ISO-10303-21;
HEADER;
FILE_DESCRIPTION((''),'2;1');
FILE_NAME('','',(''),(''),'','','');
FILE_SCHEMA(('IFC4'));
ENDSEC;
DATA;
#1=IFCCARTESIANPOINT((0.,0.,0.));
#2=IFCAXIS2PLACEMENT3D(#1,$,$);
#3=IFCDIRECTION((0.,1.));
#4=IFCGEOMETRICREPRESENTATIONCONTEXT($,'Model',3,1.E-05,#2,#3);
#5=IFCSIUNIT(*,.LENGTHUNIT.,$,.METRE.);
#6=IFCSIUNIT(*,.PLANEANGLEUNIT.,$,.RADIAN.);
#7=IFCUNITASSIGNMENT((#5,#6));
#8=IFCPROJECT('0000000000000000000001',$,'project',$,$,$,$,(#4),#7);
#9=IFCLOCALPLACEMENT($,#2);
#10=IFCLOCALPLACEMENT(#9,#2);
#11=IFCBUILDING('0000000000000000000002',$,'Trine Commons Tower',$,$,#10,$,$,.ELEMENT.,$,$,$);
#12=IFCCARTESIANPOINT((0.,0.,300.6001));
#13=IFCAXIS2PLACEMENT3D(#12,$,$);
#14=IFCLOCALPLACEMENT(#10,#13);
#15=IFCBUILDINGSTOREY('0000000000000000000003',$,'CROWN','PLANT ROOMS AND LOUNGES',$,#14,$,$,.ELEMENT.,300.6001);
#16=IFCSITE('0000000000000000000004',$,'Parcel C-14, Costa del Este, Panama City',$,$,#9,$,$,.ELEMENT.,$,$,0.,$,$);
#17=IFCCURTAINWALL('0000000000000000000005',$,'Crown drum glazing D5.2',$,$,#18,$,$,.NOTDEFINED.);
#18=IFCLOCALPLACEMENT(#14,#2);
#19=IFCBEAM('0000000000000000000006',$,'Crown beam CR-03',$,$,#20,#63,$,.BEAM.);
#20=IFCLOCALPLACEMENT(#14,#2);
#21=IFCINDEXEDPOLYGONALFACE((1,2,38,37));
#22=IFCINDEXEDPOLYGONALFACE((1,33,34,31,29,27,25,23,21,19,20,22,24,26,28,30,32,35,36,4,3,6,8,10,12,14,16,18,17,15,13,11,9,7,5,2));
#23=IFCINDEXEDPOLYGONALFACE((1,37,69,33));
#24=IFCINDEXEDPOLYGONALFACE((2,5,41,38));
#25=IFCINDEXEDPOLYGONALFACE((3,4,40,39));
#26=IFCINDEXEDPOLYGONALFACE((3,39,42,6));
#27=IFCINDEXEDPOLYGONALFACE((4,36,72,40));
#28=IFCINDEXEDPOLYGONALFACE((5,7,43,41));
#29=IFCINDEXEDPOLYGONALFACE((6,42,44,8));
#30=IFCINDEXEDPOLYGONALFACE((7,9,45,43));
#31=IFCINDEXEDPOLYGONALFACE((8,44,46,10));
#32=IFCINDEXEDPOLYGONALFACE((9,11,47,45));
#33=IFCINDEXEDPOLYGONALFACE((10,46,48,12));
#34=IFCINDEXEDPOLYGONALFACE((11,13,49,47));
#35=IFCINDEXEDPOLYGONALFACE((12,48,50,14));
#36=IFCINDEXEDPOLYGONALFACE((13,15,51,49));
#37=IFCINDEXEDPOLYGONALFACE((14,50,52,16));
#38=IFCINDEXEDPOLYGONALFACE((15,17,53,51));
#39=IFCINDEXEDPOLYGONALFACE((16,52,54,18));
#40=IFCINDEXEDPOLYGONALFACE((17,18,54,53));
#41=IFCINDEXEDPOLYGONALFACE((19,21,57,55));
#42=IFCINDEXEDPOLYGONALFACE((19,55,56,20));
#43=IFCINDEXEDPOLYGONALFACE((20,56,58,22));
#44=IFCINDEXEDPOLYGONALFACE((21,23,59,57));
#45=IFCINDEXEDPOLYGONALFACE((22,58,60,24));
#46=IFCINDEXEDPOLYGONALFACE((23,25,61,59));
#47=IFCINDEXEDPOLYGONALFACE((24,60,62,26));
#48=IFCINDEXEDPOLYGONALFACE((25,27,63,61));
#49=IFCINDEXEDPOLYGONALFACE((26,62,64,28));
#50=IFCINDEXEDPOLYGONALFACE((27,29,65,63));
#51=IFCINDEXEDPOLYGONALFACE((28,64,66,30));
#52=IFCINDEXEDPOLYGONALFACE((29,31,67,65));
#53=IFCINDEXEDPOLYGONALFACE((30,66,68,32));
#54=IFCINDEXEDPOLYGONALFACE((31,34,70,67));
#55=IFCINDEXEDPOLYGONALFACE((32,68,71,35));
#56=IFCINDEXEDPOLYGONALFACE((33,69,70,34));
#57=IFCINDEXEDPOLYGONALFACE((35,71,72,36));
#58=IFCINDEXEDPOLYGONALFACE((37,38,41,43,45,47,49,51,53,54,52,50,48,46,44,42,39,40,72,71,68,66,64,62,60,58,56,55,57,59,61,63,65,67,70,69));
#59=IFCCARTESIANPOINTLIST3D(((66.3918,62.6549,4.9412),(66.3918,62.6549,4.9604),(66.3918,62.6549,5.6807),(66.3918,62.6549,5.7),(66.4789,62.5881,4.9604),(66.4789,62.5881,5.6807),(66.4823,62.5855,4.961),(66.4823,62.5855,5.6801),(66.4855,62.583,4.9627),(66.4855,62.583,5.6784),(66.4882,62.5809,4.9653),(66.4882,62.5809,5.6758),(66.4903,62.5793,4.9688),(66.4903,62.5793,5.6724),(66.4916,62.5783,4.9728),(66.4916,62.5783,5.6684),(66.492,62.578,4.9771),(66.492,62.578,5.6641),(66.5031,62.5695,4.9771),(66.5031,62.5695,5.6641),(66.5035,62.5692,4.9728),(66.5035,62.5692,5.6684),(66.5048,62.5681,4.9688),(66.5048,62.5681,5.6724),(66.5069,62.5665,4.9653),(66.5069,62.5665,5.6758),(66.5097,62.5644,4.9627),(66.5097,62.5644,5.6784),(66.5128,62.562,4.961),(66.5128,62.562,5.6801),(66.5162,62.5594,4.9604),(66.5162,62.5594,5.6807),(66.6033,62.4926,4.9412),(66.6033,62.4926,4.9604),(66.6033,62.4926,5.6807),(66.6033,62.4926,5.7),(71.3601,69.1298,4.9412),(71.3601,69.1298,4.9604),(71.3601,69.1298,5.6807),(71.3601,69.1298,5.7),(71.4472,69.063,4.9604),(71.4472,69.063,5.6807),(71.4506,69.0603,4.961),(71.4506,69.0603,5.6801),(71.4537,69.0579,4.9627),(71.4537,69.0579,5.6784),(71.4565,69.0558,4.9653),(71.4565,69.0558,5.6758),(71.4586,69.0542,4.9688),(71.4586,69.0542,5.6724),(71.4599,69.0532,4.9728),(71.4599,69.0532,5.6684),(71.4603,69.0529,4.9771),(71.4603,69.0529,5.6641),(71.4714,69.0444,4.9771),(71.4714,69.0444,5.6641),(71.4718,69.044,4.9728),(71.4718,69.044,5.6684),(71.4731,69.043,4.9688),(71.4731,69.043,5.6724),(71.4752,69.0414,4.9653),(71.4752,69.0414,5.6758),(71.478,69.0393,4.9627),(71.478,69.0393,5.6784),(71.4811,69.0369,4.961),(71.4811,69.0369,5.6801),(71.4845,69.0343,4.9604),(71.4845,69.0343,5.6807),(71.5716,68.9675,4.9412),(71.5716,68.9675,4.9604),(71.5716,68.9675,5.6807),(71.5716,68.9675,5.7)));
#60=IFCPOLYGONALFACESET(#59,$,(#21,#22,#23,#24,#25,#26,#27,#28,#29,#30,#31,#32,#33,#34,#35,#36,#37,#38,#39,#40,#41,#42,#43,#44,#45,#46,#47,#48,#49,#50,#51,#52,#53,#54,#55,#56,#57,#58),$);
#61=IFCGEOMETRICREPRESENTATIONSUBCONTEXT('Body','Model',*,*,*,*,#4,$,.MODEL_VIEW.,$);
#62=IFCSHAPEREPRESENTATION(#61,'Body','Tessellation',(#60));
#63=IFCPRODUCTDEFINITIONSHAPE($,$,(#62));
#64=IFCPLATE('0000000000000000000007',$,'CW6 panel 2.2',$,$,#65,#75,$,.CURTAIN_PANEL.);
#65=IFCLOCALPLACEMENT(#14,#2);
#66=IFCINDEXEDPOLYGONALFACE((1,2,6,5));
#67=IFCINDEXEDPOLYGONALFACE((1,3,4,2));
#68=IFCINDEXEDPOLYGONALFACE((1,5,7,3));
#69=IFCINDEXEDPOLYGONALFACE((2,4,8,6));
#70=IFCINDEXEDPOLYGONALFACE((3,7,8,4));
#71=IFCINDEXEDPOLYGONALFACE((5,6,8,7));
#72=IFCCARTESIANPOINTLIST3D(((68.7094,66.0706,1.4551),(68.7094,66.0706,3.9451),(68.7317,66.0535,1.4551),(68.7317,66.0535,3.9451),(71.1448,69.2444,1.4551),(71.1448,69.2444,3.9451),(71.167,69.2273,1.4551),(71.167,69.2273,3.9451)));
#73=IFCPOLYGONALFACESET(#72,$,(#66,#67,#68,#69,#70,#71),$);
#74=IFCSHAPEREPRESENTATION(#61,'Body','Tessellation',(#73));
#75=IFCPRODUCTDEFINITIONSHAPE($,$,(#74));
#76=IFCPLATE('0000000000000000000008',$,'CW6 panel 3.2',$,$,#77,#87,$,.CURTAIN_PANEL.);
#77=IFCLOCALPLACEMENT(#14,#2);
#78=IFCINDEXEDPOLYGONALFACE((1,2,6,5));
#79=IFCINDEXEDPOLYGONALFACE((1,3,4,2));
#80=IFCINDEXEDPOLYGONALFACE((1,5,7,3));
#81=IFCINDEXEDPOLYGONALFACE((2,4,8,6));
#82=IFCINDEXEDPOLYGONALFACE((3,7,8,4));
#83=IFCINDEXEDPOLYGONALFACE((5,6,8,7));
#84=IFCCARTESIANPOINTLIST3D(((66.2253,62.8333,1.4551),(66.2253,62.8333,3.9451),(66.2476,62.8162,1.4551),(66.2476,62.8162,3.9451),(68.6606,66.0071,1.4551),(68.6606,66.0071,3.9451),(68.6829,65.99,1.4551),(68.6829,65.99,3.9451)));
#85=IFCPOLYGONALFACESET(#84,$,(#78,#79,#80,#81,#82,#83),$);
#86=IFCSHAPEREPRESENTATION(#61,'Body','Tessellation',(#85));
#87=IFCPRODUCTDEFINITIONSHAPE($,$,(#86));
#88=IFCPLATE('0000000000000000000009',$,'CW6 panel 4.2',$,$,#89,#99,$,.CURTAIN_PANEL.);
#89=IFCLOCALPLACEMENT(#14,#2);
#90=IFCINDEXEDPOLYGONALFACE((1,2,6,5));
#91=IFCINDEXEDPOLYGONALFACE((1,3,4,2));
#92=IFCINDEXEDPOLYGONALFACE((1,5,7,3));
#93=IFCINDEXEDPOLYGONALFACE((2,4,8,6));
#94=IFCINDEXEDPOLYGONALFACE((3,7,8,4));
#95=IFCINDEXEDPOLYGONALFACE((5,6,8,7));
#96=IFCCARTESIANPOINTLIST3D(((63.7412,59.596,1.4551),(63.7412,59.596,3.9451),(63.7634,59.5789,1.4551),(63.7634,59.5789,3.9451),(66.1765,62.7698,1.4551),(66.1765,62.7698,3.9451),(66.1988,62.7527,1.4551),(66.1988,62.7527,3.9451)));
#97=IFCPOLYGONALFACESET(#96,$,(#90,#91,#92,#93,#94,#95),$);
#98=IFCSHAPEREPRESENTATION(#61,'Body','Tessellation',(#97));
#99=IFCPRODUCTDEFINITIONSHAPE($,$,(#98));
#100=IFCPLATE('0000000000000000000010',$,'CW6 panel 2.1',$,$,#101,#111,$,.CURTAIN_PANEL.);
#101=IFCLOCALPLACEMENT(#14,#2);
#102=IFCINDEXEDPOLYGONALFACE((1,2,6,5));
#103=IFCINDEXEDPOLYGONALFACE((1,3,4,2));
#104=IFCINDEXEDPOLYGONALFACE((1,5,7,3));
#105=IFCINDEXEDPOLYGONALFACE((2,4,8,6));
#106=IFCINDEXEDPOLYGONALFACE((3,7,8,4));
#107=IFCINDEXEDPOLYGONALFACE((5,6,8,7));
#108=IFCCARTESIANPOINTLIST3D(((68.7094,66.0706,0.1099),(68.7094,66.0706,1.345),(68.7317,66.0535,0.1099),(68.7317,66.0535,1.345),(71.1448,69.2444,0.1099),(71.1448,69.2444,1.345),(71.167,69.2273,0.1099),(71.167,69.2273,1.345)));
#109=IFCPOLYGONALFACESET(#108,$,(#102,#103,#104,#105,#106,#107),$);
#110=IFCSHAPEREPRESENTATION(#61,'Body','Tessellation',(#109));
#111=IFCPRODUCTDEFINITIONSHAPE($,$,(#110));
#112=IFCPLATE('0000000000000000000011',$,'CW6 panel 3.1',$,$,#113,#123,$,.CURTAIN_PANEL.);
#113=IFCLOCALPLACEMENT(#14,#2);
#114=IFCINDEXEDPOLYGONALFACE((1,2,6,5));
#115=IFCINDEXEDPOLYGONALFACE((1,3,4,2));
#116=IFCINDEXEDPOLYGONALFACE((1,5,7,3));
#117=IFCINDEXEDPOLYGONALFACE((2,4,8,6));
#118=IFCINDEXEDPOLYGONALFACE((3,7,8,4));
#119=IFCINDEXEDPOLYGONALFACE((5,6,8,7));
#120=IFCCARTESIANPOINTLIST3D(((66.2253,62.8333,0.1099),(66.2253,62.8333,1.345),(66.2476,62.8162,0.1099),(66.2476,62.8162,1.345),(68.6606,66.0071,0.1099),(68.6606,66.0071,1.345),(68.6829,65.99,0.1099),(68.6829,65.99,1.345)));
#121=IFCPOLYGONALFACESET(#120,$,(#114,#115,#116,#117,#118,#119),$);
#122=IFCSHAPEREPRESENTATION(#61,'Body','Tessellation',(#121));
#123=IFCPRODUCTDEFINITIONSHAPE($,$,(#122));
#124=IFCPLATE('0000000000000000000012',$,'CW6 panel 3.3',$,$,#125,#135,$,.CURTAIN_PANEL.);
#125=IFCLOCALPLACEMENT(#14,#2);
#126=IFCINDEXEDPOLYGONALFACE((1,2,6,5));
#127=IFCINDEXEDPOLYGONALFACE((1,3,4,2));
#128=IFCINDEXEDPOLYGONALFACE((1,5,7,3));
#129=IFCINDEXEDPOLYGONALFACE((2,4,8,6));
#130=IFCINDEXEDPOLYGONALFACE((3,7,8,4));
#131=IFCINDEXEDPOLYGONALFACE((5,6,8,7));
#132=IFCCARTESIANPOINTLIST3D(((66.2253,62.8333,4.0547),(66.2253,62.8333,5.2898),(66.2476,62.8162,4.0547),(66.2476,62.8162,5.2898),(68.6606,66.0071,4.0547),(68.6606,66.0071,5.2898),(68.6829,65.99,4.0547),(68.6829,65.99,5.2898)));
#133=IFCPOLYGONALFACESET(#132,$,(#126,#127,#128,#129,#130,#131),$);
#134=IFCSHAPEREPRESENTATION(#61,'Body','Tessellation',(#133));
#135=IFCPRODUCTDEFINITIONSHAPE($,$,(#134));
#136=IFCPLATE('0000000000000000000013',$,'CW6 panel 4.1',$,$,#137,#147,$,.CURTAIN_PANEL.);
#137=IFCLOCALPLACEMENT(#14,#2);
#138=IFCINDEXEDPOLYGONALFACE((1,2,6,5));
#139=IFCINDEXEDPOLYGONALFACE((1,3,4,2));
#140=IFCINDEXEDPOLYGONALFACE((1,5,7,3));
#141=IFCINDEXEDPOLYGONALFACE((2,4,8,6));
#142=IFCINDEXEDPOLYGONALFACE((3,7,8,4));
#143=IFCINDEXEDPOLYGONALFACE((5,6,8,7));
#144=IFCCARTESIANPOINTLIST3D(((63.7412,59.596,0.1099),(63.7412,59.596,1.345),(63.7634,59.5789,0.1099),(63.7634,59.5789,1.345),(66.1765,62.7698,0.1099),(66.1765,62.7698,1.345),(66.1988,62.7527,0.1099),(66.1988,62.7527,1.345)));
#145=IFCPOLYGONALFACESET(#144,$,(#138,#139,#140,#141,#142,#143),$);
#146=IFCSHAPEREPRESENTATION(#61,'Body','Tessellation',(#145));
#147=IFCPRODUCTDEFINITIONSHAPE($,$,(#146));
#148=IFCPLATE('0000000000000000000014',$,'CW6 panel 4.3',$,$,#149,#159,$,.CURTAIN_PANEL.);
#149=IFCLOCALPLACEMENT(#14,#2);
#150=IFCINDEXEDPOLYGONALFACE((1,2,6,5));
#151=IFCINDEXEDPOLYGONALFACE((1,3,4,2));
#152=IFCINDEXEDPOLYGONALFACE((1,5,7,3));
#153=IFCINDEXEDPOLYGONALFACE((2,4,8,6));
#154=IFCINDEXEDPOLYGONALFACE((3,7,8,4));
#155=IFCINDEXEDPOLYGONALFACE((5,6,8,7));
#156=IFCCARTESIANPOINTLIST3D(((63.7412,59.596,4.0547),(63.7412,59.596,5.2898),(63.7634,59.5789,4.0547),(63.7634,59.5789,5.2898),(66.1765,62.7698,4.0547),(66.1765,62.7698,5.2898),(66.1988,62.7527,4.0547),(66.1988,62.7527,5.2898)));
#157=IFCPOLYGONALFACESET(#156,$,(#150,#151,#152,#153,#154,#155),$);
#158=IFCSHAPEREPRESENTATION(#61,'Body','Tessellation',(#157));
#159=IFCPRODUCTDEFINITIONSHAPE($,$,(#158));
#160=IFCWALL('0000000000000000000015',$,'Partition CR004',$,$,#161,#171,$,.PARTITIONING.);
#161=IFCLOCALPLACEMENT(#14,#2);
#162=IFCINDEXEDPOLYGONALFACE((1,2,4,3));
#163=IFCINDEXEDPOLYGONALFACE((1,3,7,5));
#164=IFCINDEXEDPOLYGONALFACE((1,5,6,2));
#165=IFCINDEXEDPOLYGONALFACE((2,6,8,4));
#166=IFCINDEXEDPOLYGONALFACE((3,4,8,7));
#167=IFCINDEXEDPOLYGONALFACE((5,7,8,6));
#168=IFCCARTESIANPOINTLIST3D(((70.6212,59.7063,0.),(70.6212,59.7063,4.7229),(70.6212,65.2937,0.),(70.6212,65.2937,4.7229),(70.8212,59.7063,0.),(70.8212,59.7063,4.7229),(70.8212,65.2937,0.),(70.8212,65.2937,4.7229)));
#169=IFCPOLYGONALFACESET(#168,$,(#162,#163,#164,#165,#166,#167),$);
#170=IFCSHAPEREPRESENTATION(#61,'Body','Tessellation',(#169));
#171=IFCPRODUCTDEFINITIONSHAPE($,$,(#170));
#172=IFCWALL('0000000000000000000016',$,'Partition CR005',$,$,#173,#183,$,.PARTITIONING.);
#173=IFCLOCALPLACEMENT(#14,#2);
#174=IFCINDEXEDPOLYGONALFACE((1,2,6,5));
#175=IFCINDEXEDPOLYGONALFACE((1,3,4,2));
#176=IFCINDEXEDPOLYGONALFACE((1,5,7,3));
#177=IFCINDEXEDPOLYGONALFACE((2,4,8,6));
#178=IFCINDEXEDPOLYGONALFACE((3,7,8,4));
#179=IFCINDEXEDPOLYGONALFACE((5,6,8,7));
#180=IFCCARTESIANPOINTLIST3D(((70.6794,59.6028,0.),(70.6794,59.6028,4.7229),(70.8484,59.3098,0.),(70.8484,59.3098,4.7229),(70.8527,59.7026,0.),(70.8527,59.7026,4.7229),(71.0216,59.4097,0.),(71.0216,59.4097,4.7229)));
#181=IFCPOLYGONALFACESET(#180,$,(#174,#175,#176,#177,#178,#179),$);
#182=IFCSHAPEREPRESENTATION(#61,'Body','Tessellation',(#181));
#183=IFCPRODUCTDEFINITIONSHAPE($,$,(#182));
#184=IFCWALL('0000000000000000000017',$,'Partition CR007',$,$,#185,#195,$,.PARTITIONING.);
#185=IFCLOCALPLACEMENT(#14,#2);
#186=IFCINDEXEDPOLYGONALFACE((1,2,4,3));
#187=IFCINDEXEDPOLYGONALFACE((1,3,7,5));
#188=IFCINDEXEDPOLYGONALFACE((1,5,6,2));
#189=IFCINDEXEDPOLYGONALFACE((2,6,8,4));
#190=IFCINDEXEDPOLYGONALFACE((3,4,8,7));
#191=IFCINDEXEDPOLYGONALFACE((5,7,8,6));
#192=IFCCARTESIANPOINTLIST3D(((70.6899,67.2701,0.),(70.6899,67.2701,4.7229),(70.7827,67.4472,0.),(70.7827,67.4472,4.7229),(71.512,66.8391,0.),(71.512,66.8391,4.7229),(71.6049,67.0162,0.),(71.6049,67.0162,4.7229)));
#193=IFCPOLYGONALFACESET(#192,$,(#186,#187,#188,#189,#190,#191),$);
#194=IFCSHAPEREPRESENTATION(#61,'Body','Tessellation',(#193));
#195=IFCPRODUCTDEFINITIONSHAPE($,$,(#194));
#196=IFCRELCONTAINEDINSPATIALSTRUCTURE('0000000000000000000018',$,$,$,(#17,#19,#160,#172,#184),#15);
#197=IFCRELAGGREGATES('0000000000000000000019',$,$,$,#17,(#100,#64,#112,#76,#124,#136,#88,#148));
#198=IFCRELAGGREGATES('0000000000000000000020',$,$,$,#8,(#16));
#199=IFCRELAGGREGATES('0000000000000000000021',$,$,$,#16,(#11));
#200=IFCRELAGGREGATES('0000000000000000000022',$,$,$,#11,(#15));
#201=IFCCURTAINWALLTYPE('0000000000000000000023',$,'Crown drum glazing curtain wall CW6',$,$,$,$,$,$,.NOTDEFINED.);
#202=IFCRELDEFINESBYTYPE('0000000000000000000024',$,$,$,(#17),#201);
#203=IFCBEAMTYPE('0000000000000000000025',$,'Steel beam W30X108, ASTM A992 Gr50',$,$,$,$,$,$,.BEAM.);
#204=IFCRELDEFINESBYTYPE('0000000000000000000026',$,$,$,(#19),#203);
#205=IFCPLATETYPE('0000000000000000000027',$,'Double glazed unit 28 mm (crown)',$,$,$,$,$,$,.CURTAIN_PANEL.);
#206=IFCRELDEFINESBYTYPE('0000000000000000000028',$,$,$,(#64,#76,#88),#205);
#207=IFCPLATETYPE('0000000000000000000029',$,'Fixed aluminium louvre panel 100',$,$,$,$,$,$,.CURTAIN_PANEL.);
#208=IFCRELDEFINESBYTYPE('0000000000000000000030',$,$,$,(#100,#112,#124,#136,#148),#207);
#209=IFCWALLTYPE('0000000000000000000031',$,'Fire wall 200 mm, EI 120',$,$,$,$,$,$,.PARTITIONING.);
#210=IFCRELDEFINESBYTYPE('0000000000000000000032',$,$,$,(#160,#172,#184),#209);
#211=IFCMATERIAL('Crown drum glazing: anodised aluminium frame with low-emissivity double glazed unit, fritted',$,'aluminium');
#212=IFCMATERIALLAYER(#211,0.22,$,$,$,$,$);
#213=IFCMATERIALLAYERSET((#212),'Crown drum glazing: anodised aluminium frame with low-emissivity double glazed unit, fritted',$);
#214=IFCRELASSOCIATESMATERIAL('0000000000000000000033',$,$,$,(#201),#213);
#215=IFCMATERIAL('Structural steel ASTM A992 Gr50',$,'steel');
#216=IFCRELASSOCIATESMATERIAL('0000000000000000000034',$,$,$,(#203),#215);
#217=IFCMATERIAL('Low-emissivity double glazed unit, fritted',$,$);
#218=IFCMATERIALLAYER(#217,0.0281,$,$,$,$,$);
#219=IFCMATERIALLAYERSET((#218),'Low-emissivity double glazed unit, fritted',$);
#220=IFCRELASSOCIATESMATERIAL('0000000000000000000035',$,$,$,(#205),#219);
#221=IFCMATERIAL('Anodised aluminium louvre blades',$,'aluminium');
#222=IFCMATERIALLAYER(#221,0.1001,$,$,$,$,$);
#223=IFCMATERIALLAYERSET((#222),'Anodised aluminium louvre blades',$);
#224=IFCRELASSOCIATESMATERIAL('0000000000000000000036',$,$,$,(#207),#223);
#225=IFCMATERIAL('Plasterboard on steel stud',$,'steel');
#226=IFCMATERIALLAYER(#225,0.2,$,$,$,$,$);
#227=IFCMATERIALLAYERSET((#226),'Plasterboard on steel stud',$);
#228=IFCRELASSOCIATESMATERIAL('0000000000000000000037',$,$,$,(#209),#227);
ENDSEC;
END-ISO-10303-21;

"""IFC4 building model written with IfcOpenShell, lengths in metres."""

from ifc_helpers import new_model, si_unit, direction, frame, frame_2d, origin, origin_2d, place, context, subcontext, project, spatial, rectangle, i_section, extrude, material, layer, layer_set, material_profile, profile_set, type_object, element, aggregate, save


model = new_model("IFC4")

# Units and contexts
model_context = context("Model", 3, precision=1e-05, world=origin(), true_north=direction((0.0, 1.0)))
body_context = subcontext(model_context, "Body", "Model", "MODEL_VIEW")
ifc_project = project(units=[si_unit("LENGTHUNIT", "METRE"), si_unit("PLANEANGLEUNIT", "RADIAN")], contexts=[model_context])

# Site, building, storey
site_placement = place(None, origin())
site = spatial("IfcSite", under=ifc_project, at=site_placement, Name="Parcel C-14, Costa del Este, Panama City", CompositionType="ELEMENT", RefElevation=0.0)
building_placement = place(site_placement, origin())
building = spatial("IfcBuilding", under=site, at=building_placement, Name="Trine Commons Tower", CompositionType="ELEMENT")
storey_placement = place(building_placement, frame((0.0, 0.0, 300.6001)))
storey = spatial("IfcBuildingStorey", under=building, at=storey_placement, Name="CROWN", Description="PLANT ROOMS AND LOUNGES", CompositionType="ELEMENT", Elevation=300.6001)

# Shared definitions
ifc_material_1 = material(Name="Structural steel ASTM A992 Gr50", Category="steel")

# Curtain wall
ifc_material_2 = material(Name="Crown drum glazing: anodised aluminium frame with low-emissivity double glazed unit, fritted", Category="aluminium")
ifc_layer_1 = layer(ifc_material_2, 0.22)
ifc_layer_set_1 = layer_set([ifc_layer_1], Name="Crown drum glazing: anodised aluminium frame with low-emissivity double glazed unit, fritted")
curtain_wall_type = type_object("IfcCurtainWallType", Name="Crown drum glazing curtain wall CW6", PredefinedType="NOTDEFINED", material=ifc_layer_set_1)
curtain_wall_placement = place(storey_placement, origin())
curtain_wall = element("IfcCurtainWall", 1, at=curtain_wall_placement, inside=storey, type_object=curtain_wall_type, Name="Crown drum glazing D5.2", PredefinedType="NOTDEFINED")

# Beam
ifc_material_profile_1 = material_profile(ifc_material_1, i_section(OverallWidth=0.2666, OverallDepth=0.7588, WebThickness=0.0139, FlangeThickness=0.0193, FilletRadius=0.0166, at=origin_2d()), Name="W30X108")
ifc_profile_set_1 = profile_set([ifc_material_profile_1], Name="Structural steel ASTM A992 Gr50")
beam_type_1 = type_object("IfcBeamType", Name="Steel beam W30X108, ASTM A992 Gr50", PredefinedType="BEAM", material=ifc_profile_set_1)
beam_1_placement = place(storey_placement, frame((66.4976, 62.5737, 5.3206), z_axis=(0.608756, 0.793357, 0.0), x_axis=(-0.793357, 0.608756, 0.0)))
element("IfcBeam", 2, at=beam_1_placement, inside=storey, type_object=beam_type_1, Name="Crown beam CR-03", PredefinedType="BEAM", context=body_context, shape_type="SweptSolid", body=[
    extrude(i_section(OverallWidth=0.2666, OverallDepth=0.7588, WebThickness=0.0139, FlangeThickness=0.0193, FilletRadius=0.0166, at=origin_2d()), origin(), (0.0, 0.0, 1.0), 8.1614),
])

# Plates
ifc_material_3 = material(Name="Low-emissivity double glazed unit, fritted")
ifc_layer_2 = layer(ifc_material_3, 0.0281)
ifc_layer_set_2 = layer_set([ifc_layer_2], Name="Low-emissivity double glazed unit, fritted")
plate_type_1 = type_object("IfcPlateType", Name="Double glazed unit 28 mm (crown)", PredefinedType="CURTAIN_PANEL", material=ifc_layer_set_2)
plate_1_placement = place(storey_placement, frame((69.9382, 67.6489, 1.4551), z_axis=(0.0, 0.0, 1.0), x_axis=(-0.608761, -0.793353, 0.0)))
plate_1 = element("IfcPlate", 3, at=plate_1_placement, type_object=plate_type_1, Name="CW6 panel 2.2", PredefinedType="CURTAIN_PANEL", context=body_context, shape_type="SweptSolid", body=[
    extrude(rectangle(XDim=4.0005, YDim=0.0281, at=origin_2d()), origin(), (0.0, 0.0, 1.0), 2.49),
])
plate_2_placement = place(storey_placement, frame((67.4541, 64.4116, 1.4551), z_axis=(0.0, 0.0, 1.0), x_axis=(-0.608761, -0.793353, 0.0)))
plate_2 = element("IfcPlate", 4, at=plate_2_placement, type_object=plate_type_1, Name="CW6 panel 3.2", PredefinedType="CURTAIN_PANEL", context=body_context, shape_type="SweptSolid", body=[
    extrude(rectangle(XDim=4.0005, YDim=0.0281, at=origin_2d()), origin(), (0.0, 0.0, 1.0), 2.49),
])
plate_3_placement = place(storey_placement, frame((64.97, 61.1743, 1.4551), z_axis=(0.0, 0.0, 1.0), x_axis=(-0.608761, -0.793353, 0.0)))
plate_3 = element("IfcPlate", 5, at=plate_3_placement, type_object=plate_type_1, Name="CW6 panel 4.2", PredefinedType="CURTAIN_PANEL", context=body_context, shape_type="SweptSolid", body=[
    extrude(rectangle(XDim=4.0005, YDim=0.0281, at=origin_2d()), origin(), (0.0, 0.0, 1.0), 2.49),
])
ifc_material_4 = material(Name="Anodised aluminium louvre blades", Category="aluminium")
ifc_layer_3 = layer(ifc_material_4, 0.1001)
ifc_layer_set_3 = layer_set([ifc_layer_3], Name="Anodised aluminium louvre blades")
plate_type_2 = type_object("IfcPlateType", Name="Fixed aluminium louvre panel 100", PredefinedType="CURTAIN_PANEL", material=ifc_layer_set_3)
plate_4_placement = place(storey_placement, frame((69.9382, 67.6489, 0.1099), z_axis=(0.0, 0.0, 1.0), x_axis=(-0.608761, -0.793353, 0.0)))
plate_4 = element("IfcPlate", 6, at=plate_4_placement, type_object=plate_type_2, Name="CW6 panel 2.1", PredefinedType="CURTAIN_PANEL", context=body_context, shape_type="SweptSolid", body=[
    extrude(rectangle(XDim=4.0005, YDim=0.0281, at=origin_2d()), origin(), (0.0, 0.0, 1.0), 1.2351),
])
plate_5_placement = place(storey_placement, frame((67.4541, 64.4116, 0.1099), z_axis=(0.0, 0.0, 1.0), x_axis=(-0.608761, -0.793353, 0.0)))
plate_5 = element("IfcPlate", 7, at=plate_5_placement, type_object=plate_type_2, Name="CW6 panel 3.1", PredefinedType="CURTAIN_PANEL", context=body_context, shape_type="SweptSolid", body=[
    extrude(rectangle(XDim=4.0005, YDim=0.0281, at=origin_2d()), origin(), (0.0, 0.0, 1.0), 1.2351),
])
plate_6_placement = place(storey_placement, frame((67.4541, 64.4116, 4.0547), z_axis=(0.0, 0.0, 1.0), x_axis=(-0.608761, -0.793353, 0.0)))
plate_6 = element("IfcPlate", 8, at=plate_6_placement, type_object=plate_type_2, Name="CW6 panel 3.3", PredefinedType="CURTAIN_PANEL", context=body_context, shape_type="SweptSolid", body=[
    extrude(rectangle(XDim=4.0005, YDim=0.0281, at=origin_2d()), origin(), (0.0, 0.0, 1.0), 1.2351),
])
plate_7_placement = place(storey_placement, frame((64.97, 61.1743, 0.1099), z_axis=(0.0, 0.0, 1.0), x_axis=(-0.608761, -0.793353, 0.0)))
plate_7 = element("IfcPlate", 9, at=plate_7_placement, type_object=plate_type_2, Name="CW6 panel 4.1", PredefinedType="CURTAIN_PANEL", context=body_context, shape_type="SweptSolid", body=[
    extrude(rectangle(XDim=4.0005, YDim=0.0281, at=origin_2d()), origin(), (0.0, 0.0, 1.0), 1.2351),
])
plate_8_placement = place(storey_placement, frame((64.97, 61.1743, 4.0547), z_axis=(0.0, 0.0, 1.0), x_axis=(-0.608761, -0.793353, 0.0)))
plate_8 = element("IfcPlate", 10, at=plate_8_placement, type_object=plate_type_2, Name="CW6 panel 4.3", PredefinedType="CURTAIN_PANEL", context=body_context, shape_type="SweptSolid", body=[
    extrude(rectangle(XDim=4.0005, YDim=0.0281, at=origin_2d()), origin(), (0.0, 0.0, 1.0), 1.2351),
])
aggregate(curtain_wall, [plate_4, plate_1, plate_5, plate_2, plate_6, plate_7, plate_3, plate_8])

# Walls
ifc_material_5 = material(Name="Plasterboard on steel stud", Category="steel")
ifc_layer_4 = layer(ifc_material_5, 0.2)
ifc_layer_set_4 = layer_set([ifc_layer_4], Name="Plasterboard on steel stud")
wall_type = type_object("IfcWallType", Name="Fire wall 200 mm, EI 120", PredefinedType="PARTITIONING", material=ifc_layer_set_4)
wall_1_placement = place(storey_placement, frame((70.7212, 59.7063, 0.0), z_axis=(0.0, 0.0, 1.0), x_axis=(0.0, 1.0, 0.0)))
element("IfcWall", 11, at=wall_1_placement, inside=storey, type_object=wall_type, Name="Partition CR004", PredefinedType="PARTITIONING", context=body_context, shape_type="SweptSolid", body=[
    extrude(rectangle(XDim=5.5874, YDim=0.2, at=frame_2d((2.7937, 0.0))), origin(), (0.0, 0.0, 1.0), 4.7229),
])
wall_2_placement = place(storey_placement, frame((70.7661, 59.6526, 0.0), z_axis=(0.0, 0.0, 1.0), x_axis=(0.499556, -0.866282, 0.0)))
element("IfcWall", 12, at=wall_2_placement, inside=storey, type_object=wall_type, Name="Partition CR005", PredefinedType="PARTITIONING", context=body_context, shape_type="SweptSolid", body=[
    extrude(rectangle(XDim=0.3381, YDim=0.2, at=frame_2d((0.1689, 0.0))), origin(), (0.0, 0.0, 1.0), 4.7229),
])
wall_3_placement = place(storey_placement, frame((70.7363, 67.3586, 0.0), z_axis=(0.0, 0.0, 1.0), x_axis=(0.885687, -0.464282, 0.0)))
element("IfcWall", 13, at=wall_3_placement, inside=storey, type_object=wall_type, Name="Partition CR007", PredefinedType="PARTITIONING", context=body_context, shape_type="SweptSolid", body=[
    extrude(rectangle(XDim=0.9282, YDim=0.2, at=frame_2d((0.4641, 0.0))), origin(), (0.0, 0.0, 1.0), 4.7229),
])

save(model, "model.ifc")
